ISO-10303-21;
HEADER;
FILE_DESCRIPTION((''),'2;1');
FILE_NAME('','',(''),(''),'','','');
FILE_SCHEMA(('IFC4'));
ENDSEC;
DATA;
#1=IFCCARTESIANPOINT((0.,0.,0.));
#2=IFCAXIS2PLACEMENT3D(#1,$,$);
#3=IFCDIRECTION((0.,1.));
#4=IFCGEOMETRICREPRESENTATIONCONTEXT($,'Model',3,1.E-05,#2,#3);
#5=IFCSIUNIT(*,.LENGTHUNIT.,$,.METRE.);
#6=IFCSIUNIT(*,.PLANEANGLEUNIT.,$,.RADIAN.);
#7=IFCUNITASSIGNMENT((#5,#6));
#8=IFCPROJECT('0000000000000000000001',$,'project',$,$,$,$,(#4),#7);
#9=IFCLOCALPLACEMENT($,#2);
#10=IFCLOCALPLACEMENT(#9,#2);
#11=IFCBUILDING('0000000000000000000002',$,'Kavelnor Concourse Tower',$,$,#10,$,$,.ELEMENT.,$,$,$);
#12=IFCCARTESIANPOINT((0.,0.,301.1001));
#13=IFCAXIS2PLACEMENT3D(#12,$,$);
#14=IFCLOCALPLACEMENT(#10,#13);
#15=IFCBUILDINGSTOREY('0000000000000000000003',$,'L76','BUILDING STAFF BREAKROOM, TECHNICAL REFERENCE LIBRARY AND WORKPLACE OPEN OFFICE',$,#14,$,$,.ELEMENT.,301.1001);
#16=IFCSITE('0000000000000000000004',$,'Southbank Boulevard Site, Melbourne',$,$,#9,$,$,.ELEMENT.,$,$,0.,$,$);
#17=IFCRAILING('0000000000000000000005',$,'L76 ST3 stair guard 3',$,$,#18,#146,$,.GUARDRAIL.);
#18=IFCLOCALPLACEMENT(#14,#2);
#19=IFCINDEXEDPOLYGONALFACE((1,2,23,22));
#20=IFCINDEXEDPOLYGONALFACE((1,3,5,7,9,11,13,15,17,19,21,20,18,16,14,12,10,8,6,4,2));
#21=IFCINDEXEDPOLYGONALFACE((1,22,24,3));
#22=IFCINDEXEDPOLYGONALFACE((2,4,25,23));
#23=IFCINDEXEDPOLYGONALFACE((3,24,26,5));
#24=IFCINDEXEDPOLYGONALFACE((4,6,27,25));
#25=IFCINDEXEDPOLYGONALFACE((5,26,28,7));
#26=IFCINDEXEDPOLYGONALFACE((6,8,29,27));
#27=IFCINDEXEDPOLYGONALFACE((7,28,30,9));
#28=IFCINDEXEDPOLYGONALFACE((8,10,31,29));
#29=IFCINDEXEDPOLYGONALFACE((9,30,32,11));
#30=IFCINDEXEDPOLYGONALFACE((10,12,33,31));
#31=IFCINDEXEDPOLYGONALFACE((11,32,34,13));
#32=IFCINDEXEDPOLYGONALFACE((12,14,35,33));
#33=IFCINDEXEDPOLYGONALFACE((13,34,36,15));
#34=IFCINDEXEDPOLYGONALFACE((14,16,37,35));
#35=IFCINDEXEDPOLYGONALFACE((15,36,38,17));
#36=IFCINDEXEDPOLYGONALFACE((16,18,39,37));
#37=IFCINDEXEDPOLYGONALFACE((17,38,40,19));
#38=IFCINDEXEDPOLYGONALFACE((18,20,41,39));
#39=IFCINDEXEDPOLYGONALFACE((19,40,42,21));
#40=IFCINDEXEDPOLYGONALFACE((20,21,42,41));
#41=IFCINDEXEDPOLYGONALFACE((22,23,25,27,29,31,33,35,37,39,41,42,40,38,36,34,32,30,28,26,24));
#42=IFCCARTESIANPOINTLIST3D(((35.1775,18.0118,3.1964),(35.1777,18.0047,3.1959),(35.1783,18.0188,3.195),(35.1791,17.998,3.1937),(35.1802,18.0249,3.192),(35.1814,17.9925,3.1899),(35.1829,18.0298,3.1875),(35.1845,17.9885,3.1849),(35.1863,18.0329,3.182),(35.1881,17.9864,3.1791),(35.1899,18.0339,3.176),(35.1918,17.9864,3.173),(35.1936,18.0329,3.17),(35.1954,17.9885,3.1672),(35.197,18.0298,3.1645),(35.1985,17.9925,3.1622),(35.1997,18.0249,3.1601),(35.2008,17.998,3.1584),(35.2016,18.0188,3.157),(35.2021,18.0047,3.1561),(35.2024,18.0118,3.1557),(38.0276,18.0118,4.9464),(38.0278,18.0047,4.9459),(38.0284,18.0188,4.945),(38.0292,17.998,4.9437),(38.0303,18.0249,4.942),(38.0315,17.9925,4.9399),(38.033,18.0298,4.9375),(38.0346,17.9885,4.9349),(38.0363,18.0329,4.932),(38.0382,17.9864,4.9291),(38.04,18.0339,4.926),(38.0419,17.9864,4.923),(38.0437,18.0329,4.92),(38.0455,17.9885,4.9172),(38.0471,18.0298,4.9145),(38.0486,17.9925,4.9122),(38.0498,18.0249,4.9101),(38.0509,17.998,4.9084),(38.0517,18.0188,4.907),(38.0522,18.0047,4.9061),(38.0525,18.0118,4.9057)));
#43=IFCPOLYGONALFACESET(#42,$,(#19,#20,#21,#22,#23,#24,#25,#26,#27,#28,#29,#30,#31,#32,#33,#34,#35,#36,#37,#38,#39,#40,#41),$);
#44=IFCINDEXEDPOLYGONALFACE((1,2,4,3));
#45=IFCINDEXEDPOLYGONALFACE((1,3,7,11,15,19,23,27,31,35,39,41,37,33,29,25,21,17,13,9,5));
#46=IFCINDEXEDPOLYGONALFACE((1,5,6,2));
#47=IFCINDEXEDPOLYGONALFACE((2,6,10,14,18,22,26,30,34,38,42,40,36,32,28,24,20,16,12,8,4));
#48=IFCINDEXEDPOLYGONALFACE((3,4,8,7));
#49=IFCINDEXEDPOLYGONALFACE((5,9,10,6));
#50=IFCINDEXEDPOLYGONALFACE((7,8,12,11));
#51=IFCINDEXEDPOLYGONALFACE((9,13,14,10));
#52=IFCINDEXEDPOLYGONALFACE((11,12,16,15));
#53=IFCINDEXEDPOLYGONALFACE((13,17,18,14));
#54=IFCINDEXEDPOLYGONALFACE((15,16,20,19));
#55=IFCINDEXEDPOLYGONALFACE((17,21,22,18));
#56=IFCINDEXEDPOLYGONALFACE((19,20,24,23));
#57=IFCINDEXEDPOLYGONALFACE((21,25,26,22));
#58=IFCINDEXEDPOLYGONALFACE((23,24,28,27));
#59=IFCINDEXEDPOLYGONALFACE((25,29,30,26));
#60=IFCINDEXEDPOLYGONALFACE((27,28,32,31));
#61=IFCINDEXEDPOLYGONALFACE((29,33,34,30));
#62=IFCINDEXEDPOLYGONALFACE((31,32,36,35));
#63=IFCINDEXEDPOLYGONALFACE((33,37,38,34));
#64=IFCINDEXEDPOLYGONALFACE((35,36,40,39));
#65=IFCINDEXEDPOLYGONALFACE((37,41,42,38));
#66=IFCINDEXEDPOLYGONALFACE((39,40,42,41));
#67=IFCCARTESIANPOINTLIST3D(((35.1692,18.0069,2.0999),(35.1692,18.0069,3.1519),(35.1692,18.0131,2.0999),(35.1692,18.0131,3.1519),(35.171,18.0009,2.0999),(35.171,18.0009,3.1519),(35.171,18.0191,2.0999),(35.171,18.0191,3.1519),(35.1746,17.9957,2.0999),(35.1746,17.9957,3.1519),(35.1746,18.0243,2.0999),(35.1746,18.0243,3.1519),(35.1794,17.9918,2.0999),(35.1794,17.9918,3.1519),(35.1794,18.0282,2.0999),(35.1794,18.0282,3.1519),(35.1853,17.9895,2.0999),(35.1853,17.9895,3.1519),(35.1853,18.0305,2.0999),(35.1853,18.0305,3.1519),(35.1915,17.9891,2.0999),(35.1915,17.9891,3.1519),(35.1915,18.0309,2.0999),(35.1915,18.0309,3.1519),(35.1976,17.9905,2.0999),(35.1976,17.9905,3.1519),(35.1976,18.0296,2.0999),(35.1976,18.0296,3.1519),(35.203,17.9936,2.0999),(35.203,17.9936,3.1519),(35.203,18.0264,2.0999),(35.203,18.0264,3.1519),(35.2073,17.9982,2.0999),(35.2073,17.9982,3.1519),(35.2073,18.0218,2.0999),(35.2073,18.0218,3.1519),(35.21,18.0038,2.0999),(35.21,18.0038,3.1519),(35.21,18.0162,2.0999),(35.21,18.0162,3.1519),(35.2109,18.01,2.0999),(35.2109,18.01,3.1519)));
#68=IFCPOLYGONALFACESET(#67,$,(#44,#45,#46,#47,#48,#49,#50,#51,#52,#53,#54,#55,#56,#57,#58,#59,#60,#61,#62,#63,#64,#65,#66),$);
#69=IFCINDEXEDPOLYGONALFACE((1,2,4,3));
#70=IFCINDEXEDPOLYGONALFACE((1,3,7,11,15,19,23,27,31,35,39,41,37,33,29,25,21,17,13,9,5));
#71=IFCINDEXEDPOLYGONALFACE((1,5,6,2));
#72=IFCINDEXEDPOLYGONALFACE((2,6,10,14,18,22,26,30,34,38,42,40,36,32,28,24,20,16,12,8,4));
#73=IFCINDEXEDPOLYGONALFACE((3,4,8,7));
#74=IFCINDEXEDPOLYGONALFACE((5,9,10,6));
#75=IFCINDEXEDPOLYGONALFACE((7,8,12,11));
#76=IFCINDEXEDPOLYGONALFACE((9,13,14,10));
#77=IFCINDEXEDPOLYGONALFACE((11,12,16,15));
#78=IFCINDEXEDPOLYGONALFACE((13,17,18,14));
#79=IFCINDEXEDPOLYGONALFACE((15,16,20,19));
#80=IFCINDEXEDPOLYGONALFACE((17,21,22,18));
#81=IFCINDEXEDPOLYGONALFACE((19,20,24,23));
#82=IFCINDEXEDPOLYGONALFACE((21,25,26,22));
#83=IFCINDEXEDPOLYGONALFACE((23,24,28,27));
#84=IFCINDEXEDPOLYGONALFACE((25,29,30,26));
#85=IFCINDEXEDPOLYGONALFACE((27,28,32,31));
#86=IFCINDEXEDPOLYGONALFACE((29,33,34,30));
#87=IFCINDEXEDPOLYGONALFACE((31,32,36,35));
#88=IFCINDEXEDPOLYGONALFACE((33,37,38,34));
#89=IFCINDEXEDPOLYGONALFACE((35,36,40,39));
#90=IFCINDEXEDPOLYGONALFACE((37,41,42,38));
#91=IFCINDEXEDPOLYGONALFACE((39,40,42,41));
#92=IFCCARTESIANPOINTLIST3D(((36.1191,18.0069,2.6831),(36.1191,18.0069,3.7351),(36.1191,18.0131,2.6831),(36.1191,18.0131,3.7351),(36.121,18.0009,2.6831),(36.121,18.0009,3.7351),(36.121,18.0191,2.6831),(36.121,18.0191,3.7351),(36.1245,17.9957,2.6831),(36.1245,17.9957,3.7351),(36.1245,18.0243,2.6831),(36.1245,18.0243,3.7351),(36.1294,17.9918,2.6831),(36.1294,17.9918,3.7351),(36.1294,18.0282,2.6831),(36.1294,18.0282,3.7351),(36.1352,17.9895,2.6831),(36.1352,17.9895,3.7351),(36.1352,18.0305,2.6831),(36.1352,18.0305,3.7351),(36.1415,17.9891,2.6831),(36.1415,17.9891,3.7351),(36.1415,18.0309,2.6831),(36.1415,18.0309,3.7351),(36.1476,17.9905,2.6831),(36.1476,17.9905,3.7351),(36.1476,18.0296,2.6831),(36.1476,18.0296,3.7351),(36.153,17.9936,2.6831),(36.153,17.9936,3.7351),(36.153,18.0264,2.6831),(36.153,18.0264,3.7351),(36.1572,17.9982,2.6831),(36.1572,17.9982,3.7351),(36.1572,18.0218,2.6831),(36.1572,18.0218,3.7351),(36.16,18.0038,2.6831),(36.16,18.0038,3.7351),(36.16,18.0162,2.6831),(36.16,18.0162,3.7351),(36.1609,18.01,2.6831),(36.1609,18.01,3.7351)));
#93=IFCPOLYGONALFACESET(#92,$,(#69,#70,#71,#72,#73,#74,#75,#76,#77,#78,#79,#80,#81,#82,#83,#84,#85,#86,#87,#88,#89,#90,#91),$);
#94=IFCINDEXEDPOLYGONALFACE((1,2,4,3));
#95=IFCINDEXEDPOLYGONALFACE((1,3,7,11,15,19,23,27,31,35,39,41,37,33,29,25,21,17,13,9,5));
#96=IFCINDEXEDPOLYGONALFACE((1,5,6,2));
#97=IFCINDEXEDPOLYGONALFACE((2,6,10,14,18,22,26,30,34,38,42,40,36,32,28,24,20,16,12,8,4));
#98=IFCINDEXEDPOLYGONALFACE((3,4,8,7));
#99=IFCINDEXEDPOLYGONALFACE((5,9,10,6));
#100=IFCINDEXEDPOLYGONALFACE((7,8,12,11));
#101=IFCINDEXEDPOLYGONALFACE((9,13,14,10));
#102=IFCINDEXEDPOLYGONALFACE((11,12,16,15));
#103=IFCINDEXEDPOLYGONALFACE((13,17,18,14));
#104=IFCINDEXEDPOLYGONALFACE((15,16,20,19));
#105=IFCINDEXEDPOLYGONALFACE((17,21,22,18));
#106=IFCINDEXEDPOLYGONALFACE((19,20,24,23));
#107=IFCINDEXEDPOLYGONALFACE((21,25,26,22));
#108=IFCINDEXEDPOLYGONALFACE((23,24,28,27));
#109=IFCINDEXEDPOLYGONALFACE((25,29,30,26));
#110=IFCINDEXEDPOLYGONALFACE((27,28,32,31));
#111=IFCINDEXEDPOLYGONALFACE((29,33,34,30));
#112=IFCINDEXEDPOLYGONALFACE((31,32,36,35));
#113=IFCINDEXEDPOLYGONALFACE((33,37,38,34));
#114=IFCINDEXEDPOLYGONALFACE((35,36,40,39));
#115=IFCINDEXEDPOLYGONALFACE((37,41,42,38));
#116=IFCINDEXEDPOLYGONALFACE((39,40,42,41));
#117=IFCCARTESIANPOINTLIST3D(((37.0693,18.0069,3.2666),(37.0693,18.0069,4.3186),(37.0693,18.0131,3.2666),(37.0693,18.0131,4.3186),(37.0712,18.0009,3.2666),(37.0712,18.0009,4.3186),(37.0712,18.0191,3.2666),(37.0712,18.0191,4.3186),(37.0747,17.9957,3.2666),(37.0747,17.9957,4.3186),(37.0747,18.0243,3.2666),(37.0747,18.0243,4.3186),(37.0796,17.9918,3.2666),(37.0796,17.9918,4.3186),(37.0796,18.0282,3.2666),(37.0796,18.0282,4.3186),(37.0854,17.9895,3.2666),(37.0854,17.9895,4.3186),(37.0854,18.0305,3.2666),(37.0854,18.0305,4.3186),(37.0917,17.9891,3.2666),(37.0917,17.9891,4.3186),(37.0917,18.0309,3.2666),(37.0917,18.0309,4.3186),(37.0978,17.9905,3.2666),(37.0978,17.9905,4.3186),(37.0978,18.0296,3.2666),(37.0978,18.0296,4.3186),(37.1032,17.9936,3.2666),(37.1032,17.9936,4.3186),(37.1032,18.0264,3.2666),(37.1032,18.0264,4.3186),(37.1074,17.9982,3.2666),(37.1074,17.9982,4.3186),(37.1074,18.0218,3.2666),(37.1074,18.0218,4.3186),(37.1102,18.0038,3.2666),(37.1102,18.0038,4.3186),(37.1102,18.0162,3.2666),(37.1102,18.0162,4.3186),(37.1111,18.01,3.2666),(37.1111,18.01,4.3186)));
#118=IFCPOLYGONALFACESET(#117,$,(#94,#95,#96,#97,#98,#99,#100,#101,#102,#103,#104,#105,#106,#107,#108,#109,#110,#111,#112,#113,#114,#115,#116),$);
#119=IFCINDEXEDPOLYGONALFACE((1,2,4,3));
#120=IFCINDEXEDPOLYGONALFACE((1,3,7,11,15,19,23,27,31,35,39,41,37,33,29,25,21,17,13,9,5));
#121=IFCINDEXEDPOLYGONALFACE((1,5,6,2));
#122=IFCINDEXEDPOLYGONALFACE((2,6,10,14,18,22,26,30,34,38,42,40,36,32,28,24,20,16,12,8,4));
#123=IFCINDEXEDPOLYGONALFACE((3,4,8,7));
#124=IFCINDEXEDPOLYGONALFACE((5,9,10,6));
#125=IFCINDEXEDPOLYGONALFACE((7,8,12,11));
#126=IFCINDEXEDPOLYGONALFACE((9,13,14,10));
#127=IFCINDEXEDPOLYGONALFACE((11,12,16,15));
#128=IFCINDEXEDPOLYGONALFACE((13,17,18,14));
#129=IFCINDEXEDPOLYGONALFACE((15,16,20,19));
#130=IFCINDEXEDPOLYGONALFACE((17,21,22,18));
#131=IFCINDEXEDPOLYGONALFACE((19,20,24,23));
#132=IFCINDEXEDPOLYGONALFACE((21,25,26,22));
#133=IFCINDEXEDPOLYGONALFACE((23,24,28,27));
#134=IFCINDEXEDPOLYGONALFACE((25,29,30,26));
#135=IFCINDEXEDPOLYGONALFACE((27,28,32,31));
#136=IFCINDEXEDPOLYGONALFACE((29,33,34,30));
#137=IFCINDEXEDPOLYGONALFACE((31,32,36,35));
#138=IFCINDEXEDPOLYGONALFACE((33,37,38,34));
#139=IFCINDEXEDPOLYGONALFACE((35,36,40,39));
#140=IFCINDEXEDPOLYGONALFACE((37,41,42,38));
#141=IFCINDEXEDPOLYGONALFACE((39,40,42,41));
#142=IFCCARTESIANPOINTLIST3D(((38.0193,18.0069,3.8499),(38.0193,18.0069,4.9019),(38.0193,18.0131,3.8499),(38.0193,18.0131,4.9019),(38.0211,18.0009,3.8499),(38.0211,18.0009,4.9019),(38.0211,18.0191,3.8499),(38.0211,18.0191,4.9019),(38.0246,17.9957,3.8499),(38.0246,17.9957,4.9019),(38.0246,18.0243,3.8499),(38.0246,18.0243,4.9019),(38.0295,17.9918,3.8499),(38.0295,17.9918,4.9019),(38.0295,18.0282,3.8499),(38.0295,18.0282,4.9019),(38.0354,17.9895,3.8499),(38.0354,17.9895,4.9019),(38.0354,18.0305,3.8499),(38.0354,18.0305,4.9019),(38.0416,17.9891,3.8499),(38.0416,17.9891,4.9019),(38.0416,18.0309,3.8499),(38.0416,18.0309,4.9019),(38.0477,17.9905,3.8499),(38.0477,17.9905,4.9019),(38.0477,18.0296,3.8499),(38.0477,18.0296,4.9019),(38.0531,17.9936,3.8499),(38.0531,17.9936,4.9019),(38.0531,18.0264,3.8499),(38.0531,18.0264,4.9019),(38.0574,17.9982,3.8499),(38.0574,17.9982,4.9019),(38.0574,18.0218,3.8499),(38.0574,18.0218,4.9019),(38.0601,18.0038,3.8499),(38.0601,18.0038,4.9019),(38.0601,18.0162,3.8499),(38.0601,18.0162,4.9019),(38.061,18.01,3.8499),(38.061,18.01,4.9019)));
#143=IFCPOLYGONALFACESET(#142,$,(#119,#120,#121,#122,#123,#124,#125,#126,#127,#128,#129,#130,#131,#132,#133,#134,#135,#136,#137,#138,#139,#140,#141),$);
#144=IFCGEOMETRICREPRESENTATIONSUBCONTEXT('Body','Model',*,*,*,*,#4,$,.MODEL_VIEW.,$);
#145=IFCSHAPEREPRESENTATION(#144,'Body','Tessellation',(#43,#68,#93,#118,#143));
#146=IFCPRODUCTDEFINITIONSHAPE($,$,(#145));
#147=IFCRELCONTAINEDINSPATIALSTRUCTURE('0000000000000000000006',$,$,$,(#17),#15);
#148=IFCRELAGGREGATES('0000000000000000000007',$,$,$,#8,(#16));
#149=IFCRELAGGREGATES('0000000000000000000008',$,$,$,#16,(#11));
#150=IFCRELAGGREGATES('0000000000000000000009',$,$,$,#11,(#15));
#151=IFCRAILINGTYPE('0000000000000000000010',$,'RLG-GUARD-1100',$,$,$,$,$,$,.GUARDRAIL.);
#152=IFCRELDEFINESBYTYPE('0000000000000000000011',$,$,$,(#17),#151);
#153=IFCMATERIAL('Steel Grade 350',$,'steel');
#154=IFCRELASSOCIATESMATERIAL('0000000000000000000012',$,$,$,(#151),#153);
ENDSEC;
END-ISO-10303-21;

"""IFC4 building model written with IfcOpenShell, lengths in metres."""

from ifc_helpers import new_model, si_unit, direction, frame, origin, origin_2d, place, context, subcontext, project, spatial, circle, extrude, material, type_object, element, save


model = new_model("IFC4")

# Units and contexts
model_context = context("Model", 3, precision=1e-05, world=origin(), true_north=direction((0.0, 1.0)))
body_context = subcontext(model_context, "Body", "Model", "MODEL_VIEW")
ifc_project = project(units=[si_unit("LENGTHUNIT", "METRE"), si_unit("PLANEANGLEUNIT", "RADIAN")], contexts=[model_context])

# Site, building, storey
site_placement = place(None, origin())
site = spatial("IfcSite", under=ifc_project, at=site_placement, Name="Southbank Boulevard Site, Melbourne", CompositionType="ELEMENT", RefElevation=0.0)
building_placement = place(site_placement, origin())
building = spatial("IfcBuilding", under=site, at=building_placement, Name="Kavelnor Concourse Tower", CompositionType="ELEMENT")
storey_placement = place(building_placement, frame((0.0, 0.0, 301.1001)))
storey = spatial("IfcBuildingStorey", under=building, at=storey_placement, Name="L76", Description="BUILDING STAFF BREAKROOM, TECHNICAL REFERENCE LIBRARY AND WORKPLACE OPEN OFFICE", CompositionType="ELEMENT", Elevation=301.1001)

# Shared definitions
ifc_material_1 = material(Name="Steel Grade 350", Category="steel")

# Railing
railing_type_1 = type_object("IfcRailingType", Name="RLG-GUARD-1100", PredefinedType="GUARDRAIL", material=ifc_material_1)
railing_1_placement = place(storey_placement, frame((35.1899, 18.01, 2.0999)))
element("IfcRailing", 1, at=railing_1_placement, inside=storey, type_object=railing_type_1, Name="L76 ST3 stair guard 3", PredefinedType="GUARDRAIL", context=body_context, shape_type="SweptSolid", body=[
    extrude(circle(Radius=0.0239, at=origin_2d()), frame((0.0, 0.0, 1.0762), z_axis=(0.852179, 0.0, 0.52325), x_axis=(0.0, 1.0, 0.0)), (0.0, 0.0, 1.0), 3.3445),
    extrude(circle(Radius=0.021, at=origin_2d()), origin(), (0.0, 0.0, 1.0), 1.052),
    extrude(circle(Radius=0.021, at=origin_2d()), frame((0.95, 0.0, 0.5833)), (0.0, 0.0, 1.0), 1.052),
    extrude(circle(Radius=0.021, at=origin_2d()), frame((1.9001, 0.0, 1.1667)), (0.0, 0.0, 1.0), 1.052),
    extrude(circle(Radius=0.021, at=origin_2d()), frame((2.8501, 0.0, 1.75)), (0.0, 0.0, 1.0), 1.052),
])

save(model, "model.ifc")
